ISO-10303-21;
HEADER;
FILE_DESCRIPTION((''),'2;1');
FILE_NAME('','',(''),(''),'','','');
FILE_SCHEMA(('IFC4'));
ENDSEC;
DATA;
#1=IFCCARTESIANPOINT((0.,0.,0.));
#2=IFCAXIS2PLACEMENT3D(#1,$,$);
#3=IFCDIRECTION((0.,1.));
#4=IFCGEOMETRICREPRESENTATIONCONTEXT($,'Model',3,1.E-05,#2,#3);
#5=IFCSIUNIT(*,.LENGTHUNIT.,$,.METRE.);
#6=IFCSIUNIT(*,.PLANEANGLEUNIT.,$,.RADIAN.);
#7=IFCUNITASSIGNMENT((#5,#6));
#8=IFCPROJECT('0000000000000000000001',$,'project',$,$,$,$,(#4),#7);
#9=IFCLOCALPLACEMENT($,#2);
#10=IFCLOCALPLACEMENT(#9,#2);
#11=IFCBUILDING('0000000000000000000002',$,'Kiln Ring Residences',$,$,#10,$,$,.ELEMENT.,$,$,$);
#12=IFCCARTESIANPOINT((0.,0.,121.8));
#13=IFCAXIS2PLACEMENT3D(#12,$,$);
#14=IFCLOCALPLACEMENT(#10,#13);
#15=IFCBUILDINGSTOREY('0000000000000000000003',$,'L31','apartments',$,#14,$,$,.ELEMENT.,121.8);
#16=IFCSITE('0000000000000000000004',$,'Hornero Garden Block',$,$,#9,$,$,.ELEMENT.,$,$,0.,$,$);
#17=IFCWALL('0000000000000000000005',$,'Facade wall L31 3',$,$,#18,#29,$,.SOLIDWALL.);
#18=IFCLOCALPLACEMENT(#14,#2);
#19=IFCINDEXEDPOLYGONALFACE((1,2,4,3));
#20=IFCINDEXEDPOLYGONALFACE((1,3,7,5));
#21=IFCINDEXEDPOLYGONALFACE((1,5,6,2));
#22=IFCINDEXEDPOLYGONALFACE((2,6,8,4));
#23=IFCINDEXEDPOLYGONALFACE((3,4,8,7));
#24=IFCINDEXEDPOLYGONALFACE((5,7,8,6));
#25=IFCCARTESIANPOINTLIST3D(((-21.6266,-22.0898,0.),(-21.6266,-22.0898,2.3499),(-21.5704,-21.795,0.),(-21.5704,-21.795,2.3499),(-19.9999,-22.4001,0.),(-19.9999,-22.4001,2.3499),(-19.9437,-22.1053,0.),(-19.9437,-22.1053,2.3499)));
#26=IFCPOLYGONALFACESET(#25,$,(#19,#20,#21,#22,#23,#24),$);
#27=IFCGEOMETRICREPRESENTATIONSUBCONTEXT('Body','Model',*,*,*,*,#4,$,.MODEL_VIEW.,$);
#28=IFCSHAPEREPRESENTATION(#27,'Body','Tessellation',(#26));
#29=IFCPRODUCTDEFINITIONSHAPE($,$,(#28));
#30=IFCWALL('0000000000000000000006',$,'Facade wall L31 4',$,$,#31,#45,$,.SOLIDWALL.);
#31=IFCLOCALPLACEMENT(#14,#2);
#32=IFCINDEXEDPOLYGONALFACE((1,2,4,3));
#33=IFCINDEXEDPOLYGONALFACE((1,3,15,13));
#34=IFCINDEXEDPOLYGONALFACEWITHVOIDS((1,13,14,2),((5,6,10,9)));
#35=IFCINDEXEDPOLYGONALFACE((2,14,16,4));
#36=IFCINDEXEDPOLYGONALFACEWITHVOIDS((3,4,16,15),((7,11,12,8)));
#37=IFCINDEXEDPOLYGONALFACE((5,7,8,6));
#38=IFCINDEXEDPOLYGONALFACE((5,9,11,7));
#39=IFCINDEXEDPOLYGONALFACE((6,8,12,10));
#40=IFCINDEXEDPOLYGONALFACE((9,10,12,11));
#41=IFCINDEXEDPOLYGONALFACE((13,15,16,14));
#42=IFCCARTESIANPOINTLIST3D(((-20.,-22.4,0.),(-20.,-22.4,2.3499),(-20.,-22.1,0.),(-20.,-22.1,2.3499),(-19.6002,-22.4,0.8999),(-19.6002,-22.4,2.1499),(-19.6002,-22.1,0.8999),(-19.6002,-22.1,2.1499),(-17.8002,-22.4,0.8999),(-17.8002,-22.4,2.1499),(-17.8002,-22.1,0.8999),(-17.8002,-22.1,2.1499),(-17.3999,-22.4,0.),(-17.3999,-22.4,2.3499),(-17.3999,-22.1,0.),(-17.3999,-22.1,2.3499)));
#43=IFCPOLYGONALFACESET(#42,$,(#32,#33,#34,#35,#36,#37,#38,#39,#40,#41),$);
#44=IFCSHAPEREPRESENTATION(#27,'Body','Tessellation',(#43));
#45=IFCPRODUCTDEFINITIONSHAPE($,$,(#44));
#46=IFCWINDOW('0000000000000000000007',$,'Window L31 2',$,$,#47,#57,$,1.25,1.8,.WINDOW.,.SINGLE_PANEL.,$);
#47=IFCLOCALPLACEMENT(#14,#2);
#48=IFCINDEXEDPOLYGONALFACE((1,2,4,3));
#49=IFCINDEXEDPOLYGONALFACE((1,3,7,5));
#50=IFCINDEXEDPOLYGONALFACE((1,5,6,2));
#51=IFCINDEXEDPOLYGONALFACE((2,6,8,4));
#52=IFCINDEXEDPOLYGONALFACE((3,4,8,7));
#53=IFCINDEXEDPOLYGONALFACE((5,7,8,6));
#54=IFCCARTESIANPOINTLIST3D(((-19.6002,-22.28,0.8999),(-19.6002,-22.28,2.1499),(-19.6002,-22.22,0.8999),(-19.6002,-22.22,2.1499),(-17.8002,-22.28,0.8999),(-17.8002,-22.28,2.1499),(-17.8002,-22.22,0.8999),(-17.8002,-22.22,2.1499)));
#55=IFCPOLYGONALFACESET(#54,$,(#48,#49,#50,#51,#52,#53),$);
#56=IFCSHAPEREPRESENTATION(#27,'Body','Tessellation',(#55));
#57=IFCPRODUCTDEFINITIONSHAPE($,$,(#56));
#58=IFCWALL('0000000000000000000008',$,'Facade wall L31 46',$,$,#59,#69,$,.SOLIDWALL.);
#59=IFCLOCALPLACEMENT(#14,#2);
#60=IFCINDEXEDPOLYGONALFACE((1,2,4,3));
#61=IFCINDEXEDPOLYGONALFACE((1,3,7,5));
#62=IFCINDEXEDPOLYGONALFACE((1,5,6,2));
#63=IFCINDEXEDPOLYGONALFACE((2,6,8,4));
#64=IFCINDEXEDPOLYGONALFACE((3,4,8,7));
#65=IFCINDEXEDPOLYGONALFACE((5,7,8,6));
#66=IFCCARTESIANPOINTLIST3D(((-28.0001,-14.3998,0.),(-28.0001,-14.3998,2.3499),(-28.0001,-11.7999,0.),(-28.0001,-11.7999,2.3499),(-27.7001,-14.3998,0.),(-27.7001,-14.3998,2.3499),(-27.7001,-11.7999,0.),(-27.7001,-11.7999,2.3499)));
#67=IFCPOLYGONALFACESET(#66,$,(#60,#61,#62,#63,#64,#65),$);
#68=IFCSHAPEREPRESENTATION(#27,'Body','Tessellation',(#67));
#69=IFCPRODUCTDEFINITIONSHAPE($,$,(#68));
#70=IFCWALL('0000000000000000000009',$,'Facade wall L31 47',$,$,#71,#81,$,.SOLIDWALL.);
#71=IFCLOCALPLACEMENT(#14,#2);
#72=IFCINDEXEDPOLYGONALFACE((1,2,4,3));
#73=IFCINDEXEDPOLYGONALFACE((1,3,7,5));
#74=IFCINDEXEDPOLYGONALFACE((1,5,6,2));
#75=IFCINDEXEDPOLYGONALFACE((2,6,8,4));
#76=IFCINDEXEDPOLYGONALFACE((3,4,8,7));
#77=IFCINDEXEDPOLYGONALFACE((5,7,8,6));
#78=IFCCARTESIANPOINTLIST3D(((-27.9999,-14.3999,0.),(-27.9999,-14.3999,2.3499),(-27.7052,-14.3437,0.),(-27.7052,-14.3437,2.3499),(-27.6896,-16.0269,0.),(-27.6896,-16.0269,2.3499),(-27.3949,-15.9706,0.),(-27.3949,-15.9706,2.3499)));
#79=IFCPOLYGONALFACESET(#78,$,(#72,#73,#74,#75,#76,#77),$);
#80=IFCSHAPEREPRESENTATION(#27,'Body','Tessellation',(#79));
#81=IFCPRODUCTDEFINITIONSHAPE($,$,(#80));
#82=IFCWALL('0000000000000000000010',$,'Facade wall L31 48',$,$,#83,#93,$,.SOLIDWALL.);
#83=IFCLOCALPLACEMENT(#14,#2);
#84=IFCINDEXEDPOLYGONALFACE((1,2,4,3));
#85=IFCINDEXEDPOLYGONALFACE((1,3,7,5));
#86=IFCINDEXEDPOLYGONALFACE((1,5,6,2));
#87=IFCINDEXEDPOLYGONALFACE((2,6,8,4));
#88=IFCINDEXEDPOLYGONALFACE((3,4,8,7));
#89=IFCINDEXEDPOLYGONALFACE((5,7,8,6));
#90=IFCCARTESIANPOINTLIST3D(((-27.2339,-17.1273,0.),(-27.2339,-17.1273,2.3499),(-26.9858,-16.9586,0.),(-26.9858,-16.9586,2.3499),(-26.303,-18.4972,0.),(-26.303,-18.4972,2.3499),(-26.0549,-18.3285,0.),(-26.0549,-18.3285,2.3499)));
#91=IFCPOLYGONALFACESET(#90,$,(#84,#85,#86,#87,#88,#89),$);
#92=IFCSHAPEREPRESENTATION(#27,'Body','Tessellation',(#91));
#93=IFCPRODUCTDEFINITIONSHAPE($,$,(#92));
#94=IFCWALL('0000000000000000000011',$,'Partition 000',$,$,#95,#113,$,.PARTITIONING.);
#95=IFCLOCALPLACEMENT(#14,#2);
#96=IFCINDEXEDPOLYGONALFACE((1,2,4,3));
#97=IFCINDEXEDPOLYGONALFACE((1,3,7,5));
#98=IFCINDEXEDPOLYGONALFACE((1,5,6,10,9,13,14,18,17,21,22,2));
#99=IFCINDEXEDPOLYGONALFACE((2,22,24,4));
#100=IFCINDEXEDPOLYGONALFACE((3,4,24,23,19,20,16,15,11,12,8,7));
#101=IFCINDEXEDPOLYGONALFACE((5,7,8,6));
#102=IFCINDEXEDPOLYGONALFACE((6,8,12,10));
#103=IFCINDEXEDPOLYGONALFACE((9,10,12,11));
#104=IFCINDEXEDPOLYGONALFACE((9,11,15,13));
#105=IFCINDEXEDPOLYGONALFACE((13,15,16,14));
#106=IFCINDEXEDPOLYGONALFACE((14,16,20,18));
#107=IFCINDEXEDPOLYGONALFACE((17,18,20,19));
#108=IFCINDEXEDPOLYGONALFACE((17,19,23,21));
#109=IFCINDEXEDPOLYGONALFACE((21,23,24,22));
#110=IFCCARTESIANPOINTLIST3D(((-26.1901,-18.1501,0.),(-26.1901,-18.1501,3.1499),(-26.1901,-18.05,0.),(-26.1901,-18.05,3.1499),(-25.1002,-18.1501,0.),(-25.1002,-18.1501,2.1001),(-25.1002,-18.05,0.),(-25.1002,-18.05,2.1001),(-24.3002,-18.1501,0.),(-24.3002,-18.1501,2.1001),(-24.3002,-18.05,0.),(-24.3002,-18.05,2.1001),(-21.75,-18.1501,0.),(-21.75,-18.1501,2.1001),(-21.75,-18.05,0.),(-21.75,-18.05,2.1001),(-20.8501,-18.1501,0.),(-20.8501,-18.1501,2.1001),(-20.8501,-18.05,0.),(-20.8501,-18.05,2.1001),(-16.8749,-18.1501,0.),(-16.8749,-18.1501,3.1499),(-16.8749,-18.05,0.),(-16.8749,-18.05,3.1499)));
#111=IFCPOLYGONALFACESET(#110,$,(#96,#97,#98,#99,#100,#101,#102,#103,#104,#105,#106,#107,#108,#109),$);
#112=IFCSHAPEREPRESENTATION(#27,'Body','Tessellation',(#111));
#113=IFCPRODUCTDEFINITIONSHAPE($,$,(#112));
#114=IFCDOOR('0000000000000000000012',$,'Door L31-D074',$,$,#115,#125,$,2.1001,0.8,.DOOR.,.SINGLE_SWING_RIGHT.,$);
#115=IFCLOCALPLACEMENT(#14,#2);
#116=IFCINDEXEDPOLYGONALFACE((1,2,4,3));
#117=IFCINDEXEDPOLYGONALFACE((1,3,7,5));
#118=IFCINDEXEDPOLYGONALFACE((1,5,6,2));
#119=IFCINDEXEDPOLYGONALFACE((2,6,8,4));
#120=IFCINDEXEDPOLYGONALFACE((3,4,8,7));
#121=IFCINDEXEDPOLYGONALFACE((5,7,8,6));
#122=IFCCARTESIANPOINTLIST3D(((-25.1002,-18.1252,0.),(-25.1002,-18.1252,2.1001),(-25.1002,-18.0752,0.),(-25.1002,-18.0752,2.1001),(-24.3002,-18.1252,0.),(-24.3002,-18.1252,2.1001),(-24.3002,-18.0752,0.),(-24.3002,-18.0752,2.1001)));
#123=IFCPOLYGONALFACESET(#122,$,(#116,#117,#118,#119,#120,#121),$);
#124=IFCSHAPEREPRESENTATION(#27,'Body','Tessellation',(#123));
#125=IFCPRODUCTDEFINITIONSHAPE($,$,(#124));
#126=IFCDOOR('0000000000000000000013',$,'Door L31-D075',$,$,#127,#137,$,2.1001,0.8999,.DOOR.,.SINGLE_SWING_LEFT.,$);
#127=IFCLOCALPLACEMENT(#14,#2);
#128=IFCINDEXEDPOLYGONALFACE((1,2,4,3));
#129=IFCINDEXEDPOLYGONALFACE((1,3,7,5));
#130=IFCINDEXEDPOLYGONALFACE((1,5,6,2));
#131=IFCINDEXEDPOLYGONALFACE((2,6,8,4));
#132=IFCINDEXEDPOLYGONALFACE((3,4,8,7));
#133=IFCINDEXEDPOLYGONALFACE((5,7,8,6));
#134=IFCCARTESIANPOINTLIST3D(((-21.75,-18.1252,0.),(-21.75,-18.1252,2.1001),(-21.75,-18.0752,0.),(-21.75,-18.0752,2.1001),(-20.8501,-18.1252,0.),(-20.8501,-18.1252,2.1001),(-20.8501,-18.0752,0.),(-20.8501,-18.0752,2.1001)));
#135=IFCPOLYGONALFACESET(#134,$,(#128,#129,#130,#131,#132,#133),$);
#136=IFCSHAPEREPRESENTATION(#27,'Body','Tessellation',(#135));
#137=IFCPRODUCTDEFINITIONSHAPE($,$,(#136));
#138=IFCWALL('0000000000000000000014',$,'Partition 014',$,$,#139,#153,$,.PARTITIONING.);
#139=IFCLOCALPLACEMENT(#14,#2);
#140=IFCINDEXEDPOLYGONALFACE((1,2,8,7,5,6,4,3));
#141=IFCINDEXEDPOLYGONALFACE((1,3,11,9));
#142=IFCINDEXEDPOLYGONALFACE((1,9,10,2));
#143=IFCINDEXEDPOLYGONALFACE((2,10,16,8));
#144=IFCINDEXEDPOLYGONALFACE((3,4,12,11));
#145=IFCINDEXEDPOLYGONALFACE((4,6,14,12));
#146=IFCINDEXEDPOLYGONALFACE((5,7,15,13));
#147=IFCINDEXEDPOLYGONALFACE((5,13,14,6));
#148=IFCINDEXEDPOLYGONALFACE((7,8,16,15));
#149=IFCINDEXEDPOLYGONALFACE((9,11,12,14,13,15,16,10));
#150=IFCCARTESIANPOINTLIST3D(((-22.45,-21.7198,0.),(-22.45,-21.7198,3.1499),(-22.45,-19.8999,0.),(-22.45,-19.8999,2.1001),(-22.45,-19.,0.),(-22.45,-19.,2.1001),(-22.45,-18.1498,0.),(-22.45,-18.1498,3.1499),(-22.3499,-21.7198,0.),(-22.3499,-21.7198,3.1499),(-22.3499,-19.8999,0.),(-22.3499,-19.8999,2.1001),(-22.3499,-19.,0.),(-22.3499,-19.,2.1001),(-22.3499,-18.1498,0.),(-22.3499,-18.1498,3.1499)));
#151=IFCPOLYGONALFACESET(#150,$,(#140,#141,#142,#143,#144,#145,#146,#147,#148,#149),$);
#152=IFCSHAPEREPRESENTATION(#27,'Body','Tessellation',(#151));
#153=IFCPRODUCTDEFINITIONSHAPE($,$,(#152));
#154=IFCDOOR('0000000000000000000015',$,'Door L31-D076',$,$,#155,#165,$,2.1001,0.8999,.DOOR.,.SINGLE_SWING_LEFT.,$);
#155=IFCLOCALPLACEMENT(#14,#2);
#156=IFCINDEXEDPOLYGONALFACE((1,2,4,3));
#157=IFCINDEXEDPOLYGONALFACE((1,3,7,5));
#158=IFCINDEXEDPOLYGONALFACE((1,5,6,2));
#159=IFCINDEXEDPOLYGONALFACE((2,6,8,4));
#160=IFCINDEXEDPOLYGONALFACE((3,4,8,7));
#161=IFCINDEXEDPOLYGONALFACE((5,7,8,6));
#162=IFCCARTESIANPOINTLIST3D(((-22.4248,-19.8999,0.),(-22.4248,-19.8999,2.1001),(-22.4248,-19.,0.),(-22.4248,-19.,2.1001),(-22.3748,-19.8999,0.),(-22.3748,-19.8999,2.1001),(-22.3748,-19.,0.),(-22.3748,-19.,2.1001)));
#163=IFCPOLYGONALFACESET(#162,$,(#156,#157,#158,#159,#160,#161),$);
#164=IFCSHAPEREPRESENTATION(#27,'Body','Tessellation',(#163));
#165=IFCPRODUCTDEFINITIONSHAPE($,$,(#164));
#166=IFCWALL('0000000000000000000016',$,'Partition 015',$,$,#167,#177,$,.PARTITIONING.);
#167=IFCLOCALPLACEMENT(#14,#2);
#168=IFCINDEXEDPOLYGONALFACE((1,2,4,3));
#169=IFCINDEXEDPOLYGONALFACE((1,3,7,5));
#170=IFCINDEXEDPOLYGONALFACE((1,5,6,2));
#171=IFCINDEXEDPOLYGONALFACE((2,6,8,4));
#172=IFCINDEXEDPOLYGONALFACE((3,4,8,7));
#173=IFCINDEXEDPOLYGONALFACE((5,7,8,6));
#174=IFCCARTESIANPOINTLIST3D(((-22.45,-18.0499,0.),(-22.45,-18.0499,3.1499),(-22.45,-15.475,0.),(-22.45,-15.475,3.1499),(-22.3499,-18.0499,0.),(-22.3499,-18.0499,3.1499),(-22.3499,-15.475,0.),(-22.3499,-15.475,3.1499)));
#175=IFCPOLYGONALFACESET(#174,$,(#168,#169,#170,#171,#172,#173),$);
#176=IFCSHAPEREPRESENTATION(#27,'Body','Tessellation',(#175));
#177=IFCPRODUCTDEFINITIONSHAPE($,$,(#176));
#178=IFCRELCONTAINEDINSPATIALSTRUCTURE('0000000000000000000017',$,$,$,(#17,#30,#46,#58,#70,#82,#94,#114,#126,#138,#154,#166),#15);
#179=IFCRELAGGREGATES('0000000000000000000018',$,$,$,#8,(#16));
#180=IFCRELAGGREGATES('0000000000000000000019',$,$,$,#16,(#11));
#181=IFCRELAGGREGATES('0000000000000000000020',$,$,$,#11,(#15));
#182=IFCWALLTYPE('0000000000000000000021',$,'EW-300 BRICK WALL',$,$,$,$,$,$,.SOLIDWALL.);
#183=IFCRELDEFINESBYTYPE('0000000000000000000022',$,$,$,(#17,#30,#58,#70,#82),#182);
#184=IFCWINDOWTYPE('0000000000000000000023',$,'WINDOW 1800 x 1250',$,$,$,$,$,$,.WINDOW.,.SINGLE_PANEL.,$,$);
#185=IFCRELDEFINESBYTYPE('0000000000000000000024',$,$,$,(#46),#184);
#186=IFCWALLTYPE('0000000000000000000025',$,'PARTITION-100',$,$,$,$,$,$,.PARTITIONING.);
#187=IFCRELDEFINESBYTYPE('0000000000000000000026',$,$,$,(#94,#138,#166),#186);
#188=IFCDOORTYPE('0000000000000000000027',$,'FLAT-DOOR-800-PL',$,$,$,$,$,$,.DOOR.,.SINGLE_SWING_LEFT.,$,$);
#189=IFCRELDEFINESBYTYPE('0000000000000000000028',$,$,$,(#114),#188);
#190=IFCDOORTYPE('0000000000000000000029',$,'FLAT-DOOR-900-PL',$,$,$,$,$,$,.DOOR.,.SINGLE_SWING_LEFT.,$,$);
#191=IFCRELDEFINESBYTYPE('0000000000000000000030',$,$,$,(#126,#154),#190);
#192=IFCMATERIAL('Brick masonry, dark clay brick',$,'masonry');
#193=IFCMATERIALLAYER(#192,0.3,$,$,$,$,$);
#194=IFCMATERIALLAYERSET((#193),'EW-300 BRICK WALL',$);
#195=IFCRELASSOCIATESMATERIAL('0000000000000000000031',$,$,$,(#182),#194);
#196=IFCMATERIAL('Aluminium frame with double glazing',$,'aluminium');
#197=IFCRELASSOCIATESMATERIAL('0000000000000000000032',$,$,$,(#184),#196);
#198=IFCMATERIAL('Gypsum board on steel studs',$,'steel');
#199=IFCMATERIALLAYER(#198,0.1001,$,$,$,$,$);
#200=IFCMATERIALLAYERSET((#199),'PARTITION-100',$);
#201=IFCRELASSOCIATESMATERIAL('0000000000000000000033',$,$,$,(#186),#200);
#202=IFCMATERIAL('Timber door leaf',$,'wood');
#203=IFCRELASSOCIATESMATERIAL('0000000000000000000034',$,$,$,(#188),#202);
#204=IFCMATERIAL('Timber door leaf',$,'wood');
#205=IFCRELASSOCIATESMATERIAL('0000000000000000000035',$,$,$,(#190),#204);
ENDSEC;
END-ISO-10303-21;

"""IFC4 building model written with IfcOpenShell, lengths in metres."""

from ifc_helpers import new_model, si_unit, direction, frame, frame_2d, origin, place, context, subcontext, project, spatial, rectangle, extrude, material, layer, layer_set, type_object, element, fill, save


model = new_model("IFC4")

# Units and contexts
model_context = context("Model", 3, precision=1e-05, world=origin(), true_north=direction((0.0, 1.0)))
body_context = subcontext(model_context, "Body", "Model", "MODEL_VIEW")
ifc_project = project(units=[si_unit("LENGTHUNIT", "METRE"), si_unit("PLANEANGLEUNIT", "RADIAN")], contexts=[model_context])

# Site, building, storey
site_placement = place(None, origin())
site = spatial("IfcSite", under=ifc_project, at=site_placement, Name="Hornero Garden Block", CompositionType="ELEMENT", RefElevation=0.0)
building_placement = place(site_placement, origin())
building = spatial("IfcBuilding", under=site, at=building_placement, Name="Kiln Ring Residences", CompositionType="ELEMENT")
storey_placement = place(building_placement, frame((0.0, 0.0, 121.8)))
storey = spatial("IfcBuildingStorey", under=building, at=storey_placement, Name="L31", Description="apartments", CompositionType="ELEMENT", Elevation=121.8)

# Shared definitions
ifc_material_1 = material(Name="Brick masonry, dark clay brick", Category="masonry")
ifc_layer_1 = layer(ifc_material_1, 0.3)
ifc_layer_set_1 = layer_set([ifc_layer_1], Name="EW-300 BRICK WALL")
wall_type_1 = type_object("IfcWallType", Name="EW-300 BRICK WALL", PredefinedType="SOLIDWALL", material=ifc_layer_set_1)

# Wall
wall_1_placement = place(storey_placement, frame((-21.5986, -21.9424, 0.0), z_axis=(0.0, 0.0, 1.0), x_axis=(0.982288, -0.187376, 0.0)))
element("IfcWall", 1, at=wall_1_placement, inside=storey, type_object=wall_type_1, Name="Facade wall L31 3", PredefinedType="SOLIDWALL", context=body_context, shape_type="SweptSolid", body=[
    extrude(rectangle(XDim=1.656, YDim=0.3, at=frame_2d((0.8281, 0.0))), origin(), (0.0, 0.0, 1.0), 2.3499),
])

# Wall, opening, window
wall_2_placement = place(storey_placement, frame((-20.0, -22.25, 0.0), z_axis=(0.0, 0.0, 1.0), x_axis=(1.0, 0.0, 0.0)))
wall_2 = element("IfcWall", 2, at=wall_2_placement, inside=storey, type_object=wall_type_1, Name="Facade wall L31 4", PredefinedType="SOLIDWALL", context=body_context, shape_type="SweptSolid", body=[
    extrude(rectangle(XDim=2.6001, YDim=0.3, at=frame_2d((1.3, 0.0))), origin(), (0.0, 0.0, 1.0), 2.3499),
])
opening_1_placement = place(wall_2_placement, frame((0.3999, 0.0, 0.8999)))
opening_1 = element("IfcOpeningElement", 3, at=opening_1_placement, cuts=wall_2, PredefinedType="OPENING", context=body_context, shape_type="SweptSolid", body=[
    extrude(rectangle(XDim=1.8, YDim=1.25, at=frame_2d((0.8999, 0.625))), frame((0.0, 0.1599, 0.0), z_axis=(0.0, -1.0, 0.0), x_axis=(1.0, 0.0, 0.0)), (0.0, 0.0, 1.0), 0.3201),
])
ifc_material_2 = material(Name="Aluminium frame with double glazing", Category="aluminium")
window_type_1 = type_object("IfcWindowType", Name="WINDOW 1800 x 1250", PartitioningType="SINGLE_PANEL", PredefinedType="WINDOW", material=ifc_material_2)
window_1_placement = place(opening_1_placement, origin())
window_1 = element("IfcWindow", 4, at=window_1_placement, inside=storey, type_object=window_type_1, Name="Window L31 2", OverallHeight=1.25, OverallWidth=1.8, PartitioningType="SINGLE_PANEL", PredefinedType="WINDOW", context=body_context, shape_type="SweptSolid", body=[
    extrude(rectangle(XDim=1.8, YDim=1.25, at=frame_2d((0.8999, 0.625))), frame((0.0, 0.03, 0.0), z_axis=(0.0, -1.0, 0.0), x_axis=(1.0, 0.0, 0.0)), (0.0, 0.0, 1.0), 0.0601),
])
fill(opening_1, window_1)

# Walls
wall_3_placement = place(storey_placement, frame((-27.8501, -11.8, 0.0), z_axis=(0.0, 0.0, 1.0), x_axis=(0.0, -1.0, 0.0)))
element("IfcWall", 5, at=wall_3_placement, inside=storey, type_object=wall_type_1, Name="Facade wall L31 46", PredefinedType="SOLIDWALL", context=body_context, shape_type="SweptSolid", body=[
    extrude(rectangle(XDim=2.5999, YDim=0.3, at=frame_2d((1.2998, 0.0))), origin(), (0.0, 0.0, 1.0), 2.3499),
])
for number, where, z_axis, x_axis, name in (
    (6, (-27.8525, -14.3718, 0.0), (0.0, 0.0, 1.0), (0.187349, -0.982293, 0.0), "Facade wall L31 47"),
    (7, (-27.1099, -17.043, 0.0), (0.0, 0.0, 1.0), (0.56206, -0.827096, 0.0), "Facade wall L31 48"),
):
    element("IfcWall", number, at=place(storey_placement, frame(where, z_axis=z_axis, x_axis=x_axis)), inside=storey, type_object=wall_type_1, Name=name, PredefinedType="SOLIDWALL", context=body_context, shape_type="SweptSolid", body=[
        extrude(rectangle(XDim=1.6562, YDim=0.3, at=frame_2d((0.8281, 0.0))), origin(), (0.0, 0.0, 1.0), 2.3499),
    ])

# Wall, openings, doors
ifc_material_3 = material(Name="Gypsum board on steel studs", Category="steel")
ifc_layer_2 = layer(ifc_material_3, 0.1001)
ifc_layer_set_2 = layer_set([ifc_layer_2], Name="PARTITION-100")
wall_type_2 = type_object("IfcWallType", Name="PARTITION-100", PredefinedType="PARTITIONING", material=ifc_layer_set_2)
wall_4_placement = place(storey_placement, frame((-26.1902, -18.1001, 0.0), z_axis=(0.0, 0.0, 1.0), x_axis=(1.0, 0.0, 0.0)))
wall_4 = element("IfcWall", 8, at=wall_4_placement, inside=storey, type_object=wall_type_2, Name="Partition 000", PredefinedType="PARTITIONING", context=body_context, shape_type="SweptSolid", body=[
    extrude(rectangle(XDim=9.3152, YDim=0.1001, at=frame_2d((4.6577, 0.0))), origin(), (0.0, 0.0, 1.0), 3.1499),
])
opening_2_placement = place(wall_4_placement, frame((1.0901, 0.0, 0.0)))
opening_2 = element("IfcOpeningElement", 9, at=opening_2_placement, cuts=wall_4, PredefinedType="OPENING", context=body_context, shape_type="SweptSolid", body=[
    extrude(rectangle(XDim=0.8, YDim=2.1001, at=frame_2d((0.3999, 1.05))), frame((0.0, 0.0601, 0.0), z_axis=(0.0, -1.0, 0.0), x_axis=(1.0, 0.0, 0.0)), (0.0, 0.0, 1.0), 0.1201),
])
opening_3_placement = place(wall_4_placement, frame((4.4402, 0.0, 0.0)))
opening_3 = element("IfcOpeningElement", 10, at=opening_3_placement, cuts=wall_4, PredefinedType="OPENING", context=body_context, shape_type="SweptSolid", body=[
    extrude(rectangle(XDim=0.8999, YDim=2.1001, at=frame_2d((0.45, 1.05))), frame((0.0, 0.0601, 0.0), z_axis=(0.0, -1.0, 0.0), x_axis=(1.0, 0.0, 0.0)), (0.0, 0.0, 1.0), 0.1201),
])
ifc_material_4 = material(Name="Timber door leaf", Category="wood")
door_type_1 = type_object("IfcDoorType", Name="FLAT-DOOR-800-PL", OperationType="SINGLE_SWING_LEFT", PredefinedType="DOOR", material=ifc_material_4)
door_1_placement = place(opening_2_placement, origin())
door_1 = element("IfcDoor", 11, at=door_1_placement, inside=storey, type_object=door_type_1, Name="Door L31-D074", OperationType="SINGLE_SWING_RIGHT", OverallHeight=2.1001, OverallWidth=0.8, PredefinedType="DOOR", context=body_context, shape_type="SweptSolid", body=[
    extrude(rectangle(XDim=0.8, YDim=2.1001, at=frame_2d((0.3999, 1.05))), frame((0.0, 0.0249, 0.0), z_axis=(0.0, -1.0, 0.0), x_axis=(1.0, 0.0, 0.0)), (0.0, 0.0, 1.0), 0.05),
])
fill(opening_2, door_1)
ifc_material_5 = material(Name="Timber door leaf", Category="wood")
door_type_2 = type_object("IfcDoorType", Name="FLAT-DOOR-900-PL", OperationType="SINGLE_SWING_LEFT", PredefinedType="DOOR", material=ifc_material_5)
door_2_placement = place(opening_3_placement, origin())
door_2 = element("IfcDoor", 12, at=door_2_placement, inside=storey, type_object=door_type_2, Name="Door L31-D075", OperationType="SINGLE_SWING_LEFT", OverallHeight=2.1001, OverallWidth=0.8999, PredefinedType="DOOR", context=body_context, shape_type="SweptSolid", body=[
    extrude(rectangle(XDim=0.8999, YDim=2.1001, at=frame_2d((0.45, 1.05))), frame((0.0, 0.0249, 0.0), z_axis=(0.0, -1.0, 0.0), x_axis=(1.0, 0.0, 0.0)), (0.0, 0.0, 1.0), 0.05),
])
fill(opening_3, door_2)

# Wall, opening, door
wall_5_placement = place(storey_placement, frame((-22.3999, -21.72, 0.0), z_axis=(0.0, 0.0, 1.0), x_axis=(0.0, 1.0, 0.0)))
wall_5 = element("IfcWall", 13, at=wall_5_placement, inside=storey, type_object=wall_type_2, Name="Partition 014", PredefinedType="PARTITIONING", context=body_context, shape_type="SweptSolid", body=[
    extrude(rectangle(XDim=3.5701, YDim=0.1001, at=frame_2d((1.7852, 0.0))), origin(), (0.0, 0.0, 1.0), 3.1499),
])
opening_4_placement = place(wall_5_placement, frame((1.8201, 0.0, 0.0)))
opening_4 = element("IfcOpeningElement", 14, at=opening_4_placement, cuts=wall_5, PredefinedType="OPENING", context=body_context, shape_type="SweptSolid", body=[
    extrude(rectangle(XDim=0.8999, YDim=2.1001, at=frame_2d((0.45, 1.05))), frame((0.0, 0.0601, 0.0), z_axis=(0.0, -1.0, 0.0), x_axis=(1.0, 0.0, 0.0)), (0.0, 0.0, 1.0), 0.1201),
])
door_3_placement = place(opening_4_placement, origin())
door_3 = element("IfcDoor", 15, at=door_3_placement, inside=storey, type_object=door_type_2, Name="Door L31-D076", OperationType="SINGLE_SWING_LEFT", OverallHeight=2.1001, OverallWidth=0.8999, PredefinedType="DOOR", context=body_context, shape_type="SweptSolid", body=[
    extrude(rectangle(XDim=0.8999, YDim=2.1001, at=frame_2d((0.45, 1.05))), frame((0.0, 0.0249, 0.0), z_axis=(0.0, -1.0, 0.0), x_axis=(1.0, 0.0, 0.0)), (0.0, 0.0, 1.0), 0.05),
])
fill(opening_4, door_3)

# Wall
wall_6_placement = place(storey_placement, frame((-22.3999, -18.05, 0.0), z_axis=(0.0, 0.0, 1.0), x_axis=(0.0, 1.0, 0.0)))
element("IfcWall", 16, at=wall_6_placement, inside=storey, type_object=wall_type_2, Name="Partition 015", PredefinedType="PARTITIONING", context=body_context, shape_type="SweptSolid", body=[
    extrude(rectangle(XDim=2.575, YDim=0.1001, at=frame_2d((1.2876, 0.0))), origin(), (0.0, 0.0, 1.0), 3.1499),
])

save(model, "model.ifc")
